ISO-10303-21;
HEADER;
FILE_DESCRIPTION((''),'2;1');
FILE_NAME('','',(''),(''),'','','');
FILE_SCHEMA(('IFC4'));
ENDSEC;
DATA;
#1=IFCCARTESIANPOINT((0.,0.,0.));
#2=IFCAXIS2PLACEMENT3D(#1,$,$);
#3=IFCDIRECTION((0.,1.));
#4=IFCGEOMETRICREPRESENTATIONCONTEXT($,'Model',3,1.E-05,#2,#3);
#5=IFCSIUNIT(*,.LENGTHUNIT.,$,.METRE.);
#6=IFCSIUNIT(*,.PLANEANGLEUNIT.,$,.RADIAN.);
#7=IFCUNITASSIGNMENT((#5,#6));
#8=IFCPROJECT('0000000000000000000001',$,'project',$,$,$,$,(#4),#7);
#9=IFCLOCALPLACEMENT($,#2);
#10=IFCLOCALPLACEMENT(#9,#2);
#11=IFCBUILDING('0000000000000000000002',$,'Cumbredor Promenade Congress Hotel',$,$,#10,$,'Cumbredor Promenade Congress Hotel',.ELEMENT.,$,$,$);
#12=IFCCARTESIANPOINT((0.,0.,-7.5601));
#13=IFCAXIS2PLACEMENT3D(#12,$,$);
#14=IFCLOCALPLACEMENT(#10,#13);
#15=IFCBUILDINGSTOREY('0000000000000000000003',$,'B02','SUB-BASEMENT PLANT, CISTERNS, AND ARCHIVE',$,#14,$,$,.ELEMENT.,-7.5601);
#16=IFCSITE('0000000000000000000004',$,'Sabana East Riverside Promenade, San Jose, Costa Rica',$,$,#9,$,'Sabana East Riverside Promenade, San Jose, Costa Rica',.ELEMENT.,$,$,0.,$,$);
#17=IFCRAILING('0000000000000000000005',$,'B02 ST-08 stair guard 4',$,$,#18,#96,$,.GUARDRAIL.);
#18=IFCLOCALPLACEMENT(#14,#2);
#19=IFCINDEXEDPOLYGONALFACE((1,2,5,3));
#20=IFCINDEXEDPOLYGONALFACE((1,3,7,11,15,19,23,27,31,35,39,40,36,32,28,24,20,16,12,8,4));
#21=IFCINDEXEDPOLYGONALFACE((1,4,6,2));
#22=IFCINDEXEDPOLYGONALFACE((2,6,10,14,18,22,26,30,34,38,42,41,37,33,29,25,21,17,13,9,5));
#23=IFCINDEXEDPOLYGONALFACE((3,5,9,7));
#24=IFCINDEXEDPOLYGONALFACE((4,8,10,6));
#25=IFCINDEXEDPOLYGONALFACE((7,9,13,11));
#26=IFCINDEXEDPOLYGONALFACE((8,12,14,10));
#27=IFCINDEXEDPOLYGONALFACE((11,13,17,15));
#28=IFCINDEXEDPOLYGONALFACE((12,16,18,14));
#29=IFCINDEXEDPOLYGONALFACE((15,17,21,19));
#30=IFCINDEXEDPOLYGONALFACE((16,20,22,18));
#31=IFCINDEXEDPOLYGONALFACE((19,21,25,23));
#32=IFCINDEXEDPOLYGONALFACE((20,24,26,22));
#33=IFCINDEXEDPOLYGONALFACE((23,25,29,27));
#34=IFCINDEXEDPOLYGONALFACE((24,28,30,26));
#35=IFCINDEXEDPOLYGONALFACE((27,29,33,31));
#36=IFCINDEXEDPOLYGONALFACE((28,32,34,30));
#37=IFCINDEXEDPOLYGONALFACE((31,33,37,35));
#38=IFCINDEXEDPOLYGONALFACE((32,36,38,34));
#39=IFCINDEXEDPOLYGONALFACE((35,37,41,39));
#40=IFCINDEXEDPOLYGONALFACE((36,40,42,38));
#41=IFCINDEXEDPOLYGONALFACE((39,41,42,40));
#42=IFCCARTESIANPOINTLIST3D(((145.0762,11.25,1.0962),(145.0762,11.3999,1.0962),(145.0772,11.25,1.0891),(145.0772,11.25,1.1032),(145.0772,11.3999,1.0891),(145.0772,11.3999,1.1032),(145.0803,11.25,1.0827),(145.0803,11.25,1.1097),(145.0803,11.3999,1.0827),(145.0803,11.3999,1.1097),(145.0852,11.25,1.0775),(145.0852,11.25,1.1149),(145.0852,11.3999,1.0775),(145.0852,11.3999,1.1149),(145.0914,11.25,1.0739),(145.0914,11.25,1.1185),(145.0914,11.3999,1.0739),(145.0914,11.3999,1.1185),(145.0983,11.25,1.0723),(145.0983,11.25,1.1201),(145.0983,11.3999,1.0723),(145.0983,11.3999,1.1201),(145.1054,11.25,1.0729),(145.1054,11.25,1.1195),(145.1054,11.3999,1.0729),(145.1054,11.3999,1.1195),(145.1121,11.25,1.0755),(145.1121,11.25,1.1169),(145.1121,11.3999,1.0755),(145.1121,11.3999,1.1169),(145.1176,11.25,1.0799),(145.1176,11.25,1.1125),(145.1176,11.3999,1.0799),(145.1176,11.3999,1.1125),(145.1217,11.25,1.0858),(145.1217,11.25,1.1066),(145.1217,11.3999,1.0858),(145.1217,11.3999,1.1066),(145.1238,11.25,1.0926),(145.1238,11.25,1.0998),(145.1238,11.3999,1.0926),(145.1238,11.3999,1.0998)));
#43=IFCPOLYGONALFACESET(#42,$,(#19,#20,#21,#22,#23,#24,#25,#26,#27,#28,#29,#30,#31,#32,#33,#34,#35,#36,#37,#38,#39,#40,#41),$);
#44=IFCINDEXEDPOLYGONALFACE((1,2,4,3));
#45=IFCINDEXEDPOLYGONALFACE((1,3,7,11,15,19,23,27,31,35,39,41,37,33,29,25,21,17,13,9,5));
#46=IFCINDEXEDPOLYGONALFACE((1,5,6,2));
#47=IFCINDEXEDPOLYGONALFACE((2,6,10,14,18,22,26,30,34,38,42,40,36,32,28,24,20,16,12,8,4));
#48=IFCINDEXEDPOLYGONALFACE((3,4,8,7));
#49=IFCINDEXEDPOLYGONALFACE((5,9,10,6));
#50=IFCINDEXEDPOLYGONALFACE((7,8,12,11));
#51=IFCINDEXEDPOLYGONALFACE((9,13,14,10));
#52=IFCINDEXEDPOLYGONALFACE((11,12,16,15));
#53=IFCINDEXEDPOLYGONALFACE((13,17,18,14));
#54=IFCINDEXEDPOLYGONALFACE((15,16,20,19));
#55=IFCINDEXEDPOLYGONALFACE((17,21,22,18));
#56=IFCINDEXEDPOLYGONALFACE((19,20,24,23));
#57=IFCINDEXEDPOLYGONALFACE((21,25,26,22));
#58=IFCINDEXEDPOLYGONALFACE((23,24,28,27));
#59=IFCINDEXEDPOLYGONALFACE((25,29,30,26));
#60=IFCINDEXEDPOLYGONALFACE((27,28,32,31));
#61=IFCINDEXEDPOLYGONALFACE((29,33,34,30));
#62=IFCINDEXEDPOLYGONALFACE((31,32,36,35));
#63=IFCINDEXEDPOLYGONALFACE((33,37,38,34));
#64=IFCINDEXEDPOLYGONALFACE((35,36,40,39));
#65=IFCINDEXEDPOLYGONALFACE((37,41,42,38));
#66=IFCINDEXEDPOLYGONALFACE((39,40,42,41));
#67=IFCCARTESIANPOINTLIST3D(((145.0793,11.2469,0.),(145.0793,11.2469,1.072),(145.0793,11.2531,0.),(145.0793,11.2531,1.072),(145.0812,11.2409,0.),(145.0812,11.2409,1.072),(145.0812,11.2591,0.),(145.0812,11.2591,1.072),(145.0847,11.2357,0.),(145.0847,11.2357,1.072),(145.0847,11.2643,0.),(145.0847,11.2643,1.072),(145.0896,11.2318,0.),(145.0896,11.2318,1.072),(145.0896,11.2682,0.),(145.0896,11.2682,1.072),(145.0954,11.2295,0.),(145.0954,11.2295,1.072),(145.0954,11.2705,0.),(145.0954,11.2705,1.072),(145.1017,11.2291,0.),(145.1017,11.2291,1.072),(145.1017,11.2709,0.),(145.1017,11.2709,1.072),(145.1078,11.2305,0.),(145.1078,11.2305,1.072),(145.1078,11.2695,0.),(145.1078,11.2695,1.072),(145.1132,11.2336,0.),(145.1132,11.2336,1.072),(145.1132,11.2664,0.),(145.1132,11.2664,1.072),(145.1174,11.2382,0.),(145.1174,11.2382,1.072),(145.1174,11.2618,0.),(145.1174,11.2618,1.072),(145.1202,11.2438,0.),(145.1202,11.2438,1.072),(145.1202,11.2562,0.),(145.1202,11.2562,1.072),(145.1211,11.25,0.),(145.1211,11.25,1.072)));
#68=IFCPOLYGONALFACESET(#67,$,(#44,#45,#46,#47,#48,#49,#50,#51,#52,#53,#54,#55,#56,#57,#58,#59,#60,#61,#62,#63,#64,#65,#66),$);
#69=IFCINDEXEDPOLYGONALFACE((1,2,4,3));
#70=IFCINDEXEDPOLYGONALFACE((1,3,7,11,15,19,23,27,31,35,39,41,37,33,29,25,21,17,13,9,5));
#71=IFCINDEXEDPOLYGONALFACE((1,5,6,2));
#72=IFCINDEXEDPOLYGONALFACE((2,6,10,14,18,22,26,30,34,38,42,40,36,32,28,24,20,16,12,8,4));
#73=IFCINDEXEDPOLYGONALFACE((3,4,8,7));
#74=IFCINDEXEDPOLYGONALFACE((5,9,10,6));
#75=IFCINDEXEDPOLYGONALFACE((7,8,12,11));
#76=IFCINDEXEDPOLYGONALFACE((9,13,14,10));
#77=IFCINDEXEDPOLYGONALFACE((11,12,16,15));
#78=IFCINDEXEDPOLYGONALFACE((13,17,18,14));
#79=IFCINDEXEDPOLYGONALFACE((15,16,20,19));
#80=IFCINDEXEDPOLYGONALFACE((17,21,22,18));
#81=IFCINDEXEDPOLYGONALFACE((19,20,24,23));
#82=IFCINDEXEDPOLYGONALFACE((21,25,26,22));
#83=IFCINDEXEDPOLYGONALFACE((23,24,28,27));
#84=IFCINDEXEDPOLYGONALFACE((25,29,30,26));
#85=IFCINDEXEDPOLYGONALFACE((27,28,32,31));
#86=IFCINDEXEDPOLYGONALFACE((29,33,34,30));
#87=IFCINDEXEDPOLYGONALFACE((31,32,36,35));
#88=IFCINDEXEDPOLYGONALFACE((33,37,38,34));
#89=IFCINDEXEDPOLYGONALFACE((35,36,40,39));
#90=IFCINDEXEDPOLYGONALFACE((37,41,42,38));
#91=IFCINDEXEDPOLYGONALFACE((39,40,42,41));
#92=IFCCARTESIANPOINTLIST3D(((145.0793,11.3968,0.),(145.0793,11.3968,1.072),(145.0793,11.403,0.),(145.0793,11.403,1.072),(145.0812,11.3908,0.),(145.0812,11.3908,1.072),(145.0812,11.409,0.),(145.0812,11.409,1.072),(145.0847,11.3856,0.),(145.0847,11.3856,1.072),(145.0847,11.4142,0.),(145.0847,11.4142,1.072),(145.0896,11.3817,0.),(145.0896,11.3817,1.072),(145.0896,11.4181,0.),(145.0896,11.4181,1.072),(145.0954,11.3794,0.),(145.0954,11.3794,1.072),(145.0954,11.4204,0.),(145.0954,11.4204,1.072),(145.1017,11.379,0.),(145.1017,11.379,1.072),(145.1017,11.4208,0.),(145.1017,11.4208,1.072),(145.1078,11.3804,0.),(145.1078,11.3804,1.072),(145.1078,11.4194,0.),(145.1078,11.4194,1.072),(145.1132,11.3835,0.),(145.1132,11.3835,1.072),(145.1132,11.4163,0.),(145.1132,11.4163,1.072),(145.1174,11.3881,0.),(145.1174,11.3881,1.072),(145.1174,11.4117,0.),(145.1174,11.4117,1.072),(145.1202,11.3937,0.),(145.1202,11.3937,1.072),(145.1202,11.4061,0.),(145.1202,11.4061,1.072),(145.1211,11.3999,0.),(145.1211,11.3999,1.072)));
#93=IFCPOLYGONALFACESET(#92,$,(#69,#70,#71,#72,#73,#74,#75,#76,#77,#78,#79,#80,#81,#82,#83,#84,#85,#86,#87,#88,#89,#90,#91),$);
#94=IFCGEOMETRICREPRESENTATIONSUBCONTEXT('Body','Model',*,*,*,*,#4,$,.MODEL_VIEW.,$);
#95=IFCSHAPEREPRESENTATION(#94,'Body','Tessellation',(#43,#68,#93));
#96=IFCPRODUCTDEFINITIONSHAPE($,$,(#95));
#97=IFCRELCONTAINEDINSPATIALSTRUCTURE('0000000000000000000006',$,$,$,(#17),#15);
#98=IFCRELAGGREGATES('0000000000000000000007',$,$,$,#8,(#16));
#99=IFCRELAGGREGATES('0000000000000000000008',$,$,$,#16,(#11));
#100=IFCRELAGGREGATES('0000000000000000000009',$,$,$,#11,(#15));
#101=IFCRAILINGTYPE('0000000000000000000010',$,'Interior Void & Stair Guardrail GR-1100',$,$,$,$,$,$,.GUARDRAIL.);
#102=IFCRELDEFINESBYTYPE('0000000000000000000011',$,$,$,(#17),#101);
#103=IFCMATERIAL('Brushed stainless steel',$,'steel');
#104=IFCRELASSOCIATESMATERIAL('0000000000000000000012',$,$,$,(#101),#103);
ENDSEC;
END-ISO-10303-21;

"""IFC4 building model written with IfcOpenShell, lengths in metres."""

from ifc_helpers import new_model, si_unit, direction, frame, origin, origin_2d, place, context, subcontext, project, spatial, circle, extrude, material, type_object, element, save


model = new_model("IFC4")

# Units and contexts
model_context = context("Model", 3, precision=1e-05, world=origin(), true_north=direction((0.0, 1.0)))
body_context = subcontext(model_context, "Body", "Model", "MODEL_VIEW")
ifc_project = project(units=[si_unit("LENGTHUNIT", "METRE"), si_unit("PLANEANGLEUNIT", "RADIAN")], contexts=[model_context])

# Site, building, storey
site_placement = place(None, origin())
site = spatial("IfcSite", under=ifc_project, at=site_placement, Name="Sabana East Riverside Promenade, San Jose, Costa Rica", LongName="Sabana East Riverside Promenade, San Jose, Costa Rica", CompositionType="ELEMENT", RefElevation=0.0)
building_placement = place(site_placement, origin())
building = spatial("IfcBuilding", under=site, at=building_placement, Name="Cumbredor Promenade Congress Hotel", LongName="Cumbredor Promenade Congress Hotel", CompositionType="ELEMENT")
storey_placement = place(building_placement, frame((0.0, 0.0, -7.5601)))
storey = spatial("IfcBuildingStorey", under=building, at=storey_placement, Name="B02", Description="SUB-BASEMENT PLANT, CISTERNS, AND ARCHIVE", CompositionType="ELEMENT", Elevation=-7.5601)

# Railing
ifc_material_1 = material(Name="Brushed stainless steel", Category="steel")
railing_type_1 = type_object("IfcRailingType", Name="Interior Void & Stair Guardrail GR-1100", PredefinedType="GUARDRAIL", material=ifc_material_1)
railing_1_placement = place(storey_placement, frame((145.1001, 11.25, 0.0)))
element("IfcRailing", 1, at=railing_1_placement, inside=storey, type_object=railing_type_1, Name="B02 ST-08 stair guard 4", PredefinedType="GUARDRAIL", context=body_context, shape_type="SweptSolid", body=[
    extrude(circle(Radius=0.0239, at=origin_2d()), frame((0.0, 0.0, 1.0962), z_axis=(0.0, 1.0, 0.0), x_axis=(-1.0, 0.0, 0.0)), (0.0, 0.0, 1.0), 0.1499),
    extrude(circle(Radius=0.021, at=origin_2d()), origin(), (0.0, 0.0, 1.0), 1.072),
    extrude(circle(Radius=0.021, at=origin_2d()), frame((0.0, 0.1499, 0.0)), (0.0, 0.0, 1.0), 1.072),
])

save(model, "model.ifc")
